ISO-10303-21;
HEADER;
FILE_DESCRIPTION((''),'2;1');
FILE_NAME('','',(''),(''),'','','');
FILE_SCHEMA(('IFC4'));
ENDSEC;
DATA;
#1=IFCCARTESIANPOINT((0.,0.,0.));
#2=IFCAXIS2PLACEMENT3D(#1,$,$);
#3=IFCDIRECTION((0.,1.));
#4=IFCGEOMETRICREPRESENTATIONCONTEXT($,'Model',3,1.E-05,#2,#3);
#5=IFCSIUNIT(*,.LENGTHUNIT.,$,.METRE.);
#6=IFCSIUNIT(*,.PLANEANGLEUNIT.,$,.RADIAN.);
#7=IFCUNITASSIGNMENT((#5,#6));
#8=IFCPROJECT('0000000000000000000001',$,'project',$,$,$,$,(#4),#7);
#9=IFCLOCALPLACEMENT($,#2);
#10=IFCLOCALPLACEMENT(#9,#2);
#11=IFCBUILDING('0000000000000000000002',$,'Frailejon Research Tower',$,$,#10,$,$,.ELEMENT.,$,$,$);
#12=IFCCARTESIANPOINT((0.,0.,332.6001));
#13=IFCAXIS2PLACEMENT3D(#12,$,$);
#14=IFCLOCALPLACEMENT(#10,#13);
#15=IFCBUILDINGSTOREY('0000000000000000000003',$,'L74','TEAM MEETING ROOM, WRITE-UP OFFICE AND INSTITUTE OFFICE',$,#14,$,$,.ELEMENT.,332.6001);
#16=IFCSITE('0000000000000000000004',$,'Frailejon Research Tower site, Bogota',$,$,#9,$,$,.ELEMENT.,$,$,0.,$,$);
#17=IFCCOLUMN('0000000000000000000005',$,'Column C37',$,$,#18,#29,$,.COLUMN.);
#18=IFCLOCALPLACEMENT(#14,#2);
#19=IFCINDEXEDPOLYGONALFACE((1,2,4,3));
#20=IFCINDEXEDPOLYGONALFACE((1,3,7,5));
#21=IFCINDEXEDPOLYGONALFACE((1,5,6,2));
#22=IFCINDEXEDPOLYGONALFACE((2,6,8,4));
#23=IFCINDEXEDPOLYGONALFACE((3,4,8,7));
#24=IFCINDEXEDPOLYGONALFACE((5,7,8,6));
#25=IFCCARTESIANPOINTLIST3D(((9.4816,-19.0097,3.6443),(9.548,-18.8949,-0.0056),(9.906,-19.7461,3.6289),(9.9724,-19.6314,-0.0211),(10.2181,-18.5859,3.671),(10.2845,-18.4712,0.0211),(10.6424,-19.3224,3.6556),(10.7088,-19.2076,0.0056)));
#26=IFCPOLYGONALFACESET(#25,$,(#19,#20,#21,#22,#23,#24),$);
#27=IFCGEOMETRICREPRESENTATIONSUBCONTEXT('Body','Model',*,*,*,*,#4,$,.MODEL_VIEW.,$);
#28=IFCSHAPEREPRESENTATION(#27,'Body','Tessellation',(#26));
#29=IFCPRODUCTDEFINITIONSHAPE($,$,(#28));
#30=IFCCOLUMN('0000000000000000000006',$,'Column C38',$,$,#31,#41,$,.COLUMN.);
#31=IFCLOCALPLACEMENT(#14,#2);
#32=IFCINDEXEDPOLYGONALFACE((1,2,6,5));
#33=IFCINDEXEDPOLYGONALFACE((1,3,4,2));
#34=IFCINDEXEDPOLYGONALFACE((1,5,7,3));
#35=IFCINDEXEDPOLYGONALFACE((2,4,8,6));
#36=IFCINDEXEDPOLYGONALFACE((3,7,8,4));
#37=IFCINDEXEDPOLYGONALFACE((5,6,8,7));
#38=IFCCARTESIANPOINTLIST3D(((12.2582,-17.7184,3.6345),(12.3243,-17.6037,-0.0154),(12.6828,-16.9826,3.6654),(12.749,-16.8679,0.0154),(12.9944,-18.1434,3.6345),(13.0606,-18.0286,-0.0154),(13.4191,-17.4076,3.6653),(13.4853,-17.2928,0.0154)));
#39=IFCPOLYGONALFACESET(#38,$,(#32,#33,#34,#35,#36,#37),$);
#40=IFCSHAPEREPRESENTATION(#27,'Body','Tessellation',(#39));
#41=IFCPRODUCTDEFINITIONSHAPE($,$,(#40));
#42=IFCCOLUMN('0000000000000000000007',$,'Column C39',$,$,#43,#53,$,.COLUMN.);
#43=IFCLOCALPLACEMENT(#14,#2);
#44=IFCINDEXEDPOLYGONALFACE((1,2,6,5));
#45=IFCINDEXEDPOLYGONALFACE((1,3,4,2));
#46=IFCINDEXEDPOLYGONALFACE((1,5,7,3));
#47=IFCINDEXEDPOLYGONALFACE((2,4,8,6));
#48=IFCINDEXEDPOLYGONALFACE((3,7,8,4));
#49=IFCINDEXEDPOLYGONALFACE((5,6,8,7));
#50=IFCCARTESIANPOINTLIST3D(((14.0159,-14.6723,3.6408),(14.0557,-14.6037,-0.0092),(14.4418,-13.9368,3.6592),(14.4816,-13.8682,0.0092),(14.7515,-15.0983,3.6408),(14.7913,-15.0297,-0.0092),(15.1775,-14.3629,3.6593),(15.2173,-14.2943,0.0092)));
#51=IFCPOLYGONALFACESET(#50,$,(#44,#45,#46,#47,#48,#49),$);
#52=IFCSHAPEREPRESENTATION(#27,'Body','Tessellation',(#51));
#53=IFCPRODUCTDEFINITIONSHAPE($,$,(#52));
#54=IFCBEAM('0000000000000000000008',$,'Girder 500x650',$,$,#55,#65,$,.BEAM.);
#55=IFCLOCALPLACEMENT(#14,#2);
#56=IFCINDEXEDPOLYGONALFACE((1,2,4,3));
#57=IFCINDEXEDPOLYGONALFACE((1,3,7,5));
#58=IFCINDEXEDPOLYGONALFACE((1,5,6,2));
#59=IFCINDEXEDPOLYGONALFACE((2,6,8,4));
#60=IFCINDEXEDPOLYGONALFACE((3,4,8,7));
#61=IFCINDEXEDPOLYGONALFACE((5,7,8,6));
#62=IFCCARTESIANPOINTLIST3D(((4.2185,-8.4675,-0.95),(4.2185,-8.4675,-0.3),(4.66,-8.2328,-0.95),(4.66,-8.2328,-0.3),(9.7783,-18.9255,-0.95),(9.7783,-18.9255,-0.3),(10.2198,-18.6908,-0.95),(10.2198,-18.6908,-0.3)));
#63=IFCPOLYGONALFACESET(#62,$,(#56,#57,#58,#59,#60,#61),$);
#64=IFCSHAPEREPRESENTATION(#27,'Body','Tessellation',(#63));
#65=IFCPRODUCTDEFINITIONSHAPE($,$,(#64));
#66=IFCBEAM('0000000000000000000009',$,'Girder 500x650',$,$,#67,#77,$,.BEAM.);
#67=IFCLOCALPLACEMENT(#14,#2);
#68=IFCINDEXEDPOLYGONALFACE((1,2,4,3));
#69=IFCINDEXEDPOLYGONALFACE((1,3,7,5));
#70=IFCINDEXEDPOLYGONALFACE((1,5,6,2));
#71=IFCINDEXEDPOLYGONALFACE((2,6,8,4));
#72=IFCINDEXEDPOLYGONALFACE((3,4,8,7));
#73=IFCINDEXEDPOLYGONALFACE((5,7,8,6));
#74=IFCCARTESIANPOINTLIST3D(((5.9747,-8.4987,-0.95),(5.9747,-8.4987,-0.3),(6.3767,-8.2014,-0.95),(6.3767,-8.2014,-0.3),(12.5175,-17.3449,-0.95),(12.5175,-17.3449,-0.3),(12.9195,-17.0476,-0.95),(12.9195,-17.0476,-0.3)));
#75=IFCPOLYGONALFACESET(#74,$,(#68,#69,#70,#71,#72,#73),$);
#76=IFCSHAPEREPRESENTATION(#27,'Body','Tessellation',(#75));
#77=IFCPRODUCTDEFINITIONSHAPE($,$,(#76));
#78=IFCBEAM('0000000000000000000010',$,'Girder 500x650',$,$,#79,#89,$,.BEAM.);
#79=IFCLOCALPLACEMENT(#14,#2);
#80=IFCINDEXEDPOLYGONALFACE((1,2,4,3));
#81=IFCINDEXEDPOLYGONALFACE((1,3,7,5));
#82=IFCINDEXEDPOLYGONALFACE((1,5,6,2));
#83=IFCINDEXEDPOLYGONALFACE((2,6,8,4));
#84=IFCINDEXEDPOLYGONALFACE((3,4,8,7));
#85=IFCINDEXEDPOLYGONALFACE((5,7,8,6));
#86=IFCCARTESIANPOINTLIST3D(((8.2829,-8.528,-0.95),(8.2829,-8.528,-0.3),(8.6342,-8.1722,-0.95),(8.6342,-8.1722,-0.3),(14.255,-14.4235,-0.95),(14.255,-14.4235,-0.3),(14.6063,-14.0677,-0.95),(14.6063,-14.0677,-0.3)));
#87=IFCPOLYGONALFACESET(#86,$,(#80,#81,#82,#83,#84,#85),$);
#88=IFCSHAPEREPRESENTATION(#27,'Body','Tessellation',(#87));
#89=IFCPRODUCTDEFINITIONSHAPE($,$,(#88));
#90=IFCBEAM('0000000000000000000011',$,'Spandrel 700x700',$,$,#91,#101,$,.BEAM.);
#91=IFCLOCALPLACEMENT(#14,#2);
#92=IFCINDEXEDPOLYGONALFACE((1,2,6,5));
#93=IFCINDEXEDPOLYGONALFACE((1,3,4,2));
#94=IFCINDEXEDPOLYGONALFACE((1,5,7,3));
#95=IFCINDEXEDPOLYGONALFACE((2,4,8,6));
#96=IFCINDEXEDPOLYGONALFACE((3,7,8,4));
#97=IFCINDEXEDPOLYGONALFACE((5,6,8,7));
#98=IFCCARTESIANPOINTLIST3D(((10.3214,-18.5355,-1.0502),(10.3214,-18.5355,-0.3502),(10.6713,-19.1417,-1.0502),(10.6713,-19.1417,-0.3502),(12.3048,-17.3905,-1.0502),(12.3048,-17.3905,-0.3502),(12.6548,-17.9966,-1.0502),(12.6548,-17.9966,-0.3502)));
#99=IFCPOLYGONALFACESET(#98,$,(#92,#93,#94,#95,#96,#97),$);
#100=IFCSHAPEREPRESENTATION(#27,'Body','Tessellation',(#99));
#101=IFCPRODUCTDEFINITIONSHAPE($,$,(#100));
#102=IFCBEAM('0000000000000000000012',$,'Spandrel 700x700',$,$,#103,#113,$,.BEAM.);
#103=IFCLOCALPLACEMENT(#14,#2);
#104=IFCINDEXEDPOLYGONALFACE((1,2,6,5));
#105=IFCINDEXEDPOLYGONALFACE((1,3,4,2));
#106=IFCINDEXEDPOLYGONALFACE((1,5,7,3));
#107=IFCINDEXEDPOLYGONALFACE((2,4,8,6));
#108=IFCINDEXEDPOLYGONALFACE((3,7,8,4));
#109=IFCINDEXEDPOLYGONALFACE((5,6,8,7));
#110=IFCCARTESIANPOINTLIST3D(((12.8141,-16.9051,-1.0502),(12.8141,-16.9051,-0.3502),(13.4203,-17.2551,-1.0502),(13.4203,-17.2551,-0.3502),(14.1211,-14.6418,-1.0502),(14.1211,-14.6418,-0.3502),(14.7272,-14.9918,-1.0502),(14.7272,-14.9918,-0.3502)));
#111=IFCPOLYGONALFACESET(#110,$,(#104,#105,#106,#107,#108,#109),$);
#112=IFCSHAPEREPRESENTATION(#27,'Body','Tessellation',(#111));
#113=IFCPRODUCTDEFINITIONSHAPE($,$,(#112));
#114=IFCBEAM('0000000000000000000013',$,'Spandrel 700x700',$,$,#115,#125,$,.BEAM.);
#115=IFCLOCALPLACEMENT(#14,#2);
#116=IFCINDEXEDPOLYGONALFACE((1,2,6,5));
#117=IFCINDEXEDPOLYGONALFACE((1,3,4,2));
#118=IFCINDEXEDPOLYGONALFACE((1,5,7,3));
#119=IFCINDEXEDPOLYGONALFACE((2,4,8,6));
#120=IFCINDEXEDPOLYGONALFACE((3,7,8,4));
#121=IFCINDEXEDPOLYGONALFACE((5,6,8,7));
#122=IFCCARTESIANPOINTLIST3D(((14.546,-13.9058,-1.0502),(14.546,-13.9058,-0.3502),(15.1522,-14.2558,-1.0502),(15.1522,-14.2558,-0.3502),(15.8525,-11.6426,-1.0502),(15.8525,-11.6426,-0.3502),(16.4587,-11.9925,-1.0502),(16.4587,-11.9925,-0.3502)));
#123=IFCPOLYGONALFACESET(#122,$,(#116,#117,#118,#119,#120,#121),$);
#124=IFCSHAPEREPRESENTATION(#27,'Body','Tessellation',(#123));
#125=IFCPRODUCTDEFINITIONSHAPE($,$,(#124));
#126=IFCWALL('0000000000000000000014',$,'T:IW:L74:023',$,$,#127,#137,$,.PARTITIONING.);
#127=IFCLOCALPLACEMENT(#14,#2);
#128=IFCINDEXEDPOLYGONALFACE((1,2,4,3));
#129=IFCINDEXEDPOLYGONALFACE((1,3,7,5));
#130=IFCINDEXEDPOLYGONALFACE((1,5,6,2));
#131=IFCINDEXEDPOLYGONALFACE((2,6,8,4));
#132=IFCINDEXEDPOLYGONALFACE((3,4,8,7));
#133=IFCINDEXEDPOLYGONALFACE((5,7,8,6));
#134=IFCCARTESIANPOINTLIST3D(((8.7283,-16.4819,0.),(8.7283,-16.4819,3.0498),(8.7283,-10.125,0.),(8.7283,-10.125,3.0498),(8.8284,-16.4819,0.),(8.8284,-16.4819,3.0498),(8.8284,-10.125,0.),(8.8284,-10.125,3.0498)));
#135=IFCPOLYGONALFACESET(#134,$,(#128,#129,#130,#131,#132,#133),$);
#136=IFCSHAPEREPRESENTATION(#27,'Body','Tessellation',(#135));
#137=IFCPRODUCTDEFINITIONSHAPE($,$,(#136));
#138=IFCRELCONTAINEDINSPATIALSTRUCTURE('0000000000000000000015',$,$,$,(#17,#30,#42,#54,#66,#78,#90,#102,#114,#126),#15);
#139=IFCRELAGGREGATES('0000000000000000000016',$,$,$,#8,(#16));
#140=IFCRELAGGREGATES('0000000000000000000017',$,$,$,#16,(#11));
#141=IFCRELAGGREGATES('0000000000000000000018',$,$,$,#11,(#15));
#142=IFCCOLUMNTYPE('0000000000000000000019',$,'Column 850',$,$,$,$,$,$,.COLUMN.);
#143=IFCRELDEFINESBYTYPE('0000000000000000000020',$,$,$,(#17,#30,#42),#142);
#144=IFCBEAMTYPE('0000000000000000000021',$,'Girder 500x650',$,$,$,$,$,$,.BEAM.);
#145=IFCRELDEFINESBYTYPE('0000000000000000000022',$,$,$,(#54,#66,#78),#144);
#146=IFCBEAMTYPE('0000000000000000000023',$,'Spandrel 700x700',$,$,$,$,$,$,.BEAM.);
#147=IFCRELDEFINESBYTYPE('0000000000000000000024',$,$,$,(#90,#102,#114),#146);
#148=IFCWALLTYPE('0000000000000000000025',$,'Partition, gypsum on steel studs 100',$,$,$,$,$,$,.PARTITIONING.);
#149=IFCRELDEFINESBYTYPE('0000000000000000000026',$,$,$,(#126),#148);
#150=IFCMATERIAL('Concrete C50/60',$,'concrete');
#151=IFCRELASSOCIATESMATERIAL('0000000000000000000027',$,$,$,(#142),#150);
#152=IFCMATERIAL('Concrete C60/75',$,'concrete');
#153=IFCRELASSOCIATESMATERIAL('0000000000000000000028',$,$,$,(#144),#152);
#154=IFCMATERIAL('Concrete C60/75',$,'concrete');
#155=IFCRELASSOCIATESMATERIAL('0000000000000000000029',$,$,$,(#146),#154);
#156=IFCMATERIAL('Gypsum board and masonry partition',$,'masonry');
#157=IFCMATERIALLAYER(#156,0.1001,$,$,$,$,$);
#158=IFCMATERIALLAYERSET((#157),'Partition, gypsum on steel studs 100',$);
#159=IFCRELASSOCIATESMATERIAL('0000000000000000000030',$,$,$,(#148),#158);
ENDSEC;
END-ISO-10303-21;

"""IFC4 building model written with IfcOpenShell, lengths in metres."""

from ifc_helpers import new_model, si_unit, direction, frame, frame_2d, origin, origin_2d, place, context, subcontext, project, spatial, rectangle, extrude, material, layer, layer_set, material_profile, profile_set, type_object, element, save


model = new_model("IFC4")

# Units and contexts
model_context = context("Model", 3, precision=1e-05, world=origin(), true_north=direction((0.0, 1.0)))
body_context = subcontext(model_context, "Body", "Model", "MODEL_VIEW")
ifc_project = project(units=[si_unit("LENGTHUNIT", "METRE"), si_unit("PLANEANGLEUNIT", "RADIAN")], contexts=[model_context])

# Site, building, storey
site_placement = place(None, origin())
site = spatial("IfcSite", under=ifc_project, at=site_placement, Name="Frailejon Research Tower site, Bogota", CompositionType="ELEMENT", RefElevation=0.0)
building_placement = place(site_placement, origin())
building = spatial("IfcBuilding", under=site, at=building_placement, Name="Frailejon Research Tower", CompositionType="ELEMENT")
storey_placement = place(building_placement, frame((0.0, 0.0, 332.6001)))
storey = spatial("IfcBuildingStorey", under=building, at=storey_placement, Name="L74", Description="TEAM MEETING ROOM, WRITE-UP OFFICE AND INSTITUTE OFFICE", CompositionType="ELEMENT", Elevation=332.6001)

# Columns
ifc_material_1 = material(Name="Concrete C50/60", Category="concrete")
ifc_material_profile_1 = material_profile(ifc_material_1, rectangle(XDim=0.8501, YDim=0.8501, at=origin_2d()), Name="Column 850")
ifc_profile_set_1 = profile_set([ifc_material_profile_1], Name="Concrete C50/60")
column_type = type_object("IfcColumnType", Name="Column 850", PredefinedType="COLUMN", material=ifc_profile_set_1)
for number, where, z_axis, x_axis, name in (
    (1, (10.1284, -19.0513, 0.0), (-0.018182, -0.031417, 0.999341), (0.866316, 0.498507, 0.031434), "Column C37"),
    (2, (12.9048, -17.4482, 0.0), (-0.018115, -0.031417, 0.999342), (0.499559, 0.86552, 0.036266), "Column C38"),
):
    element("IfcColumn", number, at=place(storey_placement, frame(where, z_axis=z_axis, x_axis=x_axis)), inside=storey, type_object=column_type, Name=name, PredefinedType="COLUMN", context=body_context, shape_type="SweptSolid", body=[
        extrude(rectangle(XDim=0.8501, YDim=0.8501, at=origin_2d()), origin(), (0.0, 0.0, 1.0), 3.6523),
    ])
column_placement = place(storey_placement, frame((14.6365, -14.449, 0.0), z_axis=(-0.0109, -0.018792, 0.999764), x_axis=(0.501063, 0.865138, 0.021724)))
element("IfcColumn", 3, at=column_placement, inside=storey, type_object=column_type, Name="Column C39", PredefinedType="COLUMN", context=body_context, shape_type="SweptSolid", body=[
    extrude(rectangle(XDim=0.8501, YDim=0.8501, at=origin_2d()), origin(), (0.0, 0.0, 1.0), 3.6509),
])

# Beams
ifc_material_2 = material(Name="Concrete C60/75", Category="concrete")
ifc_material_profile_2 = material_profile(ifc_material_2, rectangle(XDim=0.5, YDim=0.6499, at=origin_2d()), Name="Girder 500x650")
ifc_profile_set_2 = profile_set([ifc_material_profile_2], Name="Concrete C60/75")
beam_type_1 = type_object("IfcBeamType", Name="Girder 500x650", PredefinedType="BEAM", material=ifc_profile_set_2)
beam_1_placement = place(storey_placement, frame((9.999, -18.8081, -0.625), z_axis=(-0.469418, 0.882976, 0.0), x_axis=(-0.882976, -0.469418, 0.0)))
element("IfcBeam", 4, at=beam_1_placement, inside=storey, type_object=beam_type_1, Name="Girder 500x650", PredefinedType="BEAM", context=body_context, shape_type="SweptSolid", body=[
    extrude(rectangle(XDim=0.5, YDim=0.6499, at=origin_2d()), origin(), (0.0, 0.0, 1.0), 11.844),
])
beam_2_placement = place(storey_placement, frame((12.7185, -17.1963, -0.625), z_axis=(-0.59464, 0.803992, 0.0), x_axis=(-0.803992, -0.59464, 0.0)))
element("IfcBeam", 5, at=beam_2_placement, inside=storey, type_object=beam_type_1, Name="Girder 500x650", PredefinedType="BEAM", context=body_context, shape_type="SweptSolid", body=[
    extrude(rectangle(XDim=0.5, YDim=0.6499, at=origin_2d()), origin(), (0.0, 0.0, 1.0), 11.0029),
])
beam_3_placement = place(storey_placement, frame((14.4307, -14.2456, -0.625), z_axis=(-0.71166, 0.702525, 0.0), x_axis=(-0.702525, -0.71166, 0.0)))
element("IfcBeam", 6, at=beam_3_placement, inside=storey, type_object=beam_type_1, Name="Girder 500x650", PredefinedType="BEAM", context=body_context, shape_type="SweptSolid", body=[
    extrude(rectangle(XDim=0.5, YDim=0.6499, at=origin_2d()), origin(), (0.0, 0.0, 1.0), 8.3918),
])
ifc_material_3 = material(Name="Concrete C60/75", Category="concrete")
ifc_material_profile_3 = material_profile(ifc_material_3, rectangle(XDim=0.7, YDim=0.7, at=origin_2d()), Name="Spandrel 700x700")
ifc_profile_set_3 = profile_set([ifc_material_profile_3], Name="Concrete C60/75")
beam_type_2 = type_object("IfcBeamType", Name="Spandrel 700x700", PredefinedType="BEAM", material=ifc_profile_set_3)
beam_4_placement = place(storey_placement, frame((10.4963, -18.8386, -0.7002), z_axis=(0.866044, 0.499969, 0.0), x_axis=(-0.499969, 0.866044, 0.0)))
element("IfcBeam", 7, at=beam_4_placement, inside=storey, type_object=beam_type_2, Name="Spandrel 700x700", PredefinedType="BEAM", context=body_context, shape_type="SweptSolid", body=[
    extrude(rectangle(XDim=0.7, YDim=0.7, at=origin_2d()), origin(), (0.0, 0.0, 1.0), 2.2903),
])
beam_5_placement = place(storey_placement, frame((13.1172, -17.0801, -0.7002), z_axis=(0.500067, 0.865986, 0.0), x_axis=(-0.865986, 0.500067, 0.0)))
element("IfcBeam", 8, at=beam_5_placement, inside=storey, type_object=beam_type_2, Name="Spandrel 700x700", PredefinedType="BEAM", context=body_context, shape_type="SweptSolid", body=[
    extrude(rectangle(XDim=0.7, YDim=0.7, at=origin_2d()), origin(), (0.0, 0.0, 1.0), 2.6135),
])
beam_6_placement = place(storey_placement, frame((14.8491, -14.0808, -0.7002), z_axis=(0.499927, 0.866067, 0.0), x_axis=(-0.866067, 0.499927, 0.0)))
element("IfcBeam", 9, at=beam_6_placement, inside=storey, type_object=beam_type_2, Name="Spandrel 700x700", PredefinedType="BEAM", context=body_context, shape_type="SweptSolid", body=[
    extrude(rectangle(XDim=0.7, YDim=0.7, at=origin_2d()), origin(), (0.0, 0.0, 1.0), 2.6133),
])

# Wall
ifc_material_4 = material(Name="Gypsum board and masonry partition", Category="masonry")
ifc_layer_1 = layer(ifc_material_4, 0.1001)
ifc_layer_set_1 = layer_set([ifc_layer_1], Name="Partition, gypsum on steel studs 100")
wall_type_1 = type_object("IfcWallType", Name="Partition, gypsum on steel studs 100", PredefinedType="PARTITIONING", material=ifc_layer_set_1)
wall_1_placement = place(storey_placement, frame((8.7783, -16.4819, 0.0), z_axis=(0.0, 0.0, 1.0), x_axis=(0.0, 1.0, 0.0)))
element("IfcWall", 10, at=wall_1_placement, inside=storey, type_object=wall_type_1, Name="T:IW:L74:023", PredefinedType="PARTITIONING", context=body_context, shape_type="SweptSolid", body=[
    extrude(rectangle(XDim=6.3569, YDim=0.1001, at=frame_2d((3.1785, 0.0))), origin(), (0.0, 0.0, 1.0), 3.0498),
])

save(model, "model.ifc")
